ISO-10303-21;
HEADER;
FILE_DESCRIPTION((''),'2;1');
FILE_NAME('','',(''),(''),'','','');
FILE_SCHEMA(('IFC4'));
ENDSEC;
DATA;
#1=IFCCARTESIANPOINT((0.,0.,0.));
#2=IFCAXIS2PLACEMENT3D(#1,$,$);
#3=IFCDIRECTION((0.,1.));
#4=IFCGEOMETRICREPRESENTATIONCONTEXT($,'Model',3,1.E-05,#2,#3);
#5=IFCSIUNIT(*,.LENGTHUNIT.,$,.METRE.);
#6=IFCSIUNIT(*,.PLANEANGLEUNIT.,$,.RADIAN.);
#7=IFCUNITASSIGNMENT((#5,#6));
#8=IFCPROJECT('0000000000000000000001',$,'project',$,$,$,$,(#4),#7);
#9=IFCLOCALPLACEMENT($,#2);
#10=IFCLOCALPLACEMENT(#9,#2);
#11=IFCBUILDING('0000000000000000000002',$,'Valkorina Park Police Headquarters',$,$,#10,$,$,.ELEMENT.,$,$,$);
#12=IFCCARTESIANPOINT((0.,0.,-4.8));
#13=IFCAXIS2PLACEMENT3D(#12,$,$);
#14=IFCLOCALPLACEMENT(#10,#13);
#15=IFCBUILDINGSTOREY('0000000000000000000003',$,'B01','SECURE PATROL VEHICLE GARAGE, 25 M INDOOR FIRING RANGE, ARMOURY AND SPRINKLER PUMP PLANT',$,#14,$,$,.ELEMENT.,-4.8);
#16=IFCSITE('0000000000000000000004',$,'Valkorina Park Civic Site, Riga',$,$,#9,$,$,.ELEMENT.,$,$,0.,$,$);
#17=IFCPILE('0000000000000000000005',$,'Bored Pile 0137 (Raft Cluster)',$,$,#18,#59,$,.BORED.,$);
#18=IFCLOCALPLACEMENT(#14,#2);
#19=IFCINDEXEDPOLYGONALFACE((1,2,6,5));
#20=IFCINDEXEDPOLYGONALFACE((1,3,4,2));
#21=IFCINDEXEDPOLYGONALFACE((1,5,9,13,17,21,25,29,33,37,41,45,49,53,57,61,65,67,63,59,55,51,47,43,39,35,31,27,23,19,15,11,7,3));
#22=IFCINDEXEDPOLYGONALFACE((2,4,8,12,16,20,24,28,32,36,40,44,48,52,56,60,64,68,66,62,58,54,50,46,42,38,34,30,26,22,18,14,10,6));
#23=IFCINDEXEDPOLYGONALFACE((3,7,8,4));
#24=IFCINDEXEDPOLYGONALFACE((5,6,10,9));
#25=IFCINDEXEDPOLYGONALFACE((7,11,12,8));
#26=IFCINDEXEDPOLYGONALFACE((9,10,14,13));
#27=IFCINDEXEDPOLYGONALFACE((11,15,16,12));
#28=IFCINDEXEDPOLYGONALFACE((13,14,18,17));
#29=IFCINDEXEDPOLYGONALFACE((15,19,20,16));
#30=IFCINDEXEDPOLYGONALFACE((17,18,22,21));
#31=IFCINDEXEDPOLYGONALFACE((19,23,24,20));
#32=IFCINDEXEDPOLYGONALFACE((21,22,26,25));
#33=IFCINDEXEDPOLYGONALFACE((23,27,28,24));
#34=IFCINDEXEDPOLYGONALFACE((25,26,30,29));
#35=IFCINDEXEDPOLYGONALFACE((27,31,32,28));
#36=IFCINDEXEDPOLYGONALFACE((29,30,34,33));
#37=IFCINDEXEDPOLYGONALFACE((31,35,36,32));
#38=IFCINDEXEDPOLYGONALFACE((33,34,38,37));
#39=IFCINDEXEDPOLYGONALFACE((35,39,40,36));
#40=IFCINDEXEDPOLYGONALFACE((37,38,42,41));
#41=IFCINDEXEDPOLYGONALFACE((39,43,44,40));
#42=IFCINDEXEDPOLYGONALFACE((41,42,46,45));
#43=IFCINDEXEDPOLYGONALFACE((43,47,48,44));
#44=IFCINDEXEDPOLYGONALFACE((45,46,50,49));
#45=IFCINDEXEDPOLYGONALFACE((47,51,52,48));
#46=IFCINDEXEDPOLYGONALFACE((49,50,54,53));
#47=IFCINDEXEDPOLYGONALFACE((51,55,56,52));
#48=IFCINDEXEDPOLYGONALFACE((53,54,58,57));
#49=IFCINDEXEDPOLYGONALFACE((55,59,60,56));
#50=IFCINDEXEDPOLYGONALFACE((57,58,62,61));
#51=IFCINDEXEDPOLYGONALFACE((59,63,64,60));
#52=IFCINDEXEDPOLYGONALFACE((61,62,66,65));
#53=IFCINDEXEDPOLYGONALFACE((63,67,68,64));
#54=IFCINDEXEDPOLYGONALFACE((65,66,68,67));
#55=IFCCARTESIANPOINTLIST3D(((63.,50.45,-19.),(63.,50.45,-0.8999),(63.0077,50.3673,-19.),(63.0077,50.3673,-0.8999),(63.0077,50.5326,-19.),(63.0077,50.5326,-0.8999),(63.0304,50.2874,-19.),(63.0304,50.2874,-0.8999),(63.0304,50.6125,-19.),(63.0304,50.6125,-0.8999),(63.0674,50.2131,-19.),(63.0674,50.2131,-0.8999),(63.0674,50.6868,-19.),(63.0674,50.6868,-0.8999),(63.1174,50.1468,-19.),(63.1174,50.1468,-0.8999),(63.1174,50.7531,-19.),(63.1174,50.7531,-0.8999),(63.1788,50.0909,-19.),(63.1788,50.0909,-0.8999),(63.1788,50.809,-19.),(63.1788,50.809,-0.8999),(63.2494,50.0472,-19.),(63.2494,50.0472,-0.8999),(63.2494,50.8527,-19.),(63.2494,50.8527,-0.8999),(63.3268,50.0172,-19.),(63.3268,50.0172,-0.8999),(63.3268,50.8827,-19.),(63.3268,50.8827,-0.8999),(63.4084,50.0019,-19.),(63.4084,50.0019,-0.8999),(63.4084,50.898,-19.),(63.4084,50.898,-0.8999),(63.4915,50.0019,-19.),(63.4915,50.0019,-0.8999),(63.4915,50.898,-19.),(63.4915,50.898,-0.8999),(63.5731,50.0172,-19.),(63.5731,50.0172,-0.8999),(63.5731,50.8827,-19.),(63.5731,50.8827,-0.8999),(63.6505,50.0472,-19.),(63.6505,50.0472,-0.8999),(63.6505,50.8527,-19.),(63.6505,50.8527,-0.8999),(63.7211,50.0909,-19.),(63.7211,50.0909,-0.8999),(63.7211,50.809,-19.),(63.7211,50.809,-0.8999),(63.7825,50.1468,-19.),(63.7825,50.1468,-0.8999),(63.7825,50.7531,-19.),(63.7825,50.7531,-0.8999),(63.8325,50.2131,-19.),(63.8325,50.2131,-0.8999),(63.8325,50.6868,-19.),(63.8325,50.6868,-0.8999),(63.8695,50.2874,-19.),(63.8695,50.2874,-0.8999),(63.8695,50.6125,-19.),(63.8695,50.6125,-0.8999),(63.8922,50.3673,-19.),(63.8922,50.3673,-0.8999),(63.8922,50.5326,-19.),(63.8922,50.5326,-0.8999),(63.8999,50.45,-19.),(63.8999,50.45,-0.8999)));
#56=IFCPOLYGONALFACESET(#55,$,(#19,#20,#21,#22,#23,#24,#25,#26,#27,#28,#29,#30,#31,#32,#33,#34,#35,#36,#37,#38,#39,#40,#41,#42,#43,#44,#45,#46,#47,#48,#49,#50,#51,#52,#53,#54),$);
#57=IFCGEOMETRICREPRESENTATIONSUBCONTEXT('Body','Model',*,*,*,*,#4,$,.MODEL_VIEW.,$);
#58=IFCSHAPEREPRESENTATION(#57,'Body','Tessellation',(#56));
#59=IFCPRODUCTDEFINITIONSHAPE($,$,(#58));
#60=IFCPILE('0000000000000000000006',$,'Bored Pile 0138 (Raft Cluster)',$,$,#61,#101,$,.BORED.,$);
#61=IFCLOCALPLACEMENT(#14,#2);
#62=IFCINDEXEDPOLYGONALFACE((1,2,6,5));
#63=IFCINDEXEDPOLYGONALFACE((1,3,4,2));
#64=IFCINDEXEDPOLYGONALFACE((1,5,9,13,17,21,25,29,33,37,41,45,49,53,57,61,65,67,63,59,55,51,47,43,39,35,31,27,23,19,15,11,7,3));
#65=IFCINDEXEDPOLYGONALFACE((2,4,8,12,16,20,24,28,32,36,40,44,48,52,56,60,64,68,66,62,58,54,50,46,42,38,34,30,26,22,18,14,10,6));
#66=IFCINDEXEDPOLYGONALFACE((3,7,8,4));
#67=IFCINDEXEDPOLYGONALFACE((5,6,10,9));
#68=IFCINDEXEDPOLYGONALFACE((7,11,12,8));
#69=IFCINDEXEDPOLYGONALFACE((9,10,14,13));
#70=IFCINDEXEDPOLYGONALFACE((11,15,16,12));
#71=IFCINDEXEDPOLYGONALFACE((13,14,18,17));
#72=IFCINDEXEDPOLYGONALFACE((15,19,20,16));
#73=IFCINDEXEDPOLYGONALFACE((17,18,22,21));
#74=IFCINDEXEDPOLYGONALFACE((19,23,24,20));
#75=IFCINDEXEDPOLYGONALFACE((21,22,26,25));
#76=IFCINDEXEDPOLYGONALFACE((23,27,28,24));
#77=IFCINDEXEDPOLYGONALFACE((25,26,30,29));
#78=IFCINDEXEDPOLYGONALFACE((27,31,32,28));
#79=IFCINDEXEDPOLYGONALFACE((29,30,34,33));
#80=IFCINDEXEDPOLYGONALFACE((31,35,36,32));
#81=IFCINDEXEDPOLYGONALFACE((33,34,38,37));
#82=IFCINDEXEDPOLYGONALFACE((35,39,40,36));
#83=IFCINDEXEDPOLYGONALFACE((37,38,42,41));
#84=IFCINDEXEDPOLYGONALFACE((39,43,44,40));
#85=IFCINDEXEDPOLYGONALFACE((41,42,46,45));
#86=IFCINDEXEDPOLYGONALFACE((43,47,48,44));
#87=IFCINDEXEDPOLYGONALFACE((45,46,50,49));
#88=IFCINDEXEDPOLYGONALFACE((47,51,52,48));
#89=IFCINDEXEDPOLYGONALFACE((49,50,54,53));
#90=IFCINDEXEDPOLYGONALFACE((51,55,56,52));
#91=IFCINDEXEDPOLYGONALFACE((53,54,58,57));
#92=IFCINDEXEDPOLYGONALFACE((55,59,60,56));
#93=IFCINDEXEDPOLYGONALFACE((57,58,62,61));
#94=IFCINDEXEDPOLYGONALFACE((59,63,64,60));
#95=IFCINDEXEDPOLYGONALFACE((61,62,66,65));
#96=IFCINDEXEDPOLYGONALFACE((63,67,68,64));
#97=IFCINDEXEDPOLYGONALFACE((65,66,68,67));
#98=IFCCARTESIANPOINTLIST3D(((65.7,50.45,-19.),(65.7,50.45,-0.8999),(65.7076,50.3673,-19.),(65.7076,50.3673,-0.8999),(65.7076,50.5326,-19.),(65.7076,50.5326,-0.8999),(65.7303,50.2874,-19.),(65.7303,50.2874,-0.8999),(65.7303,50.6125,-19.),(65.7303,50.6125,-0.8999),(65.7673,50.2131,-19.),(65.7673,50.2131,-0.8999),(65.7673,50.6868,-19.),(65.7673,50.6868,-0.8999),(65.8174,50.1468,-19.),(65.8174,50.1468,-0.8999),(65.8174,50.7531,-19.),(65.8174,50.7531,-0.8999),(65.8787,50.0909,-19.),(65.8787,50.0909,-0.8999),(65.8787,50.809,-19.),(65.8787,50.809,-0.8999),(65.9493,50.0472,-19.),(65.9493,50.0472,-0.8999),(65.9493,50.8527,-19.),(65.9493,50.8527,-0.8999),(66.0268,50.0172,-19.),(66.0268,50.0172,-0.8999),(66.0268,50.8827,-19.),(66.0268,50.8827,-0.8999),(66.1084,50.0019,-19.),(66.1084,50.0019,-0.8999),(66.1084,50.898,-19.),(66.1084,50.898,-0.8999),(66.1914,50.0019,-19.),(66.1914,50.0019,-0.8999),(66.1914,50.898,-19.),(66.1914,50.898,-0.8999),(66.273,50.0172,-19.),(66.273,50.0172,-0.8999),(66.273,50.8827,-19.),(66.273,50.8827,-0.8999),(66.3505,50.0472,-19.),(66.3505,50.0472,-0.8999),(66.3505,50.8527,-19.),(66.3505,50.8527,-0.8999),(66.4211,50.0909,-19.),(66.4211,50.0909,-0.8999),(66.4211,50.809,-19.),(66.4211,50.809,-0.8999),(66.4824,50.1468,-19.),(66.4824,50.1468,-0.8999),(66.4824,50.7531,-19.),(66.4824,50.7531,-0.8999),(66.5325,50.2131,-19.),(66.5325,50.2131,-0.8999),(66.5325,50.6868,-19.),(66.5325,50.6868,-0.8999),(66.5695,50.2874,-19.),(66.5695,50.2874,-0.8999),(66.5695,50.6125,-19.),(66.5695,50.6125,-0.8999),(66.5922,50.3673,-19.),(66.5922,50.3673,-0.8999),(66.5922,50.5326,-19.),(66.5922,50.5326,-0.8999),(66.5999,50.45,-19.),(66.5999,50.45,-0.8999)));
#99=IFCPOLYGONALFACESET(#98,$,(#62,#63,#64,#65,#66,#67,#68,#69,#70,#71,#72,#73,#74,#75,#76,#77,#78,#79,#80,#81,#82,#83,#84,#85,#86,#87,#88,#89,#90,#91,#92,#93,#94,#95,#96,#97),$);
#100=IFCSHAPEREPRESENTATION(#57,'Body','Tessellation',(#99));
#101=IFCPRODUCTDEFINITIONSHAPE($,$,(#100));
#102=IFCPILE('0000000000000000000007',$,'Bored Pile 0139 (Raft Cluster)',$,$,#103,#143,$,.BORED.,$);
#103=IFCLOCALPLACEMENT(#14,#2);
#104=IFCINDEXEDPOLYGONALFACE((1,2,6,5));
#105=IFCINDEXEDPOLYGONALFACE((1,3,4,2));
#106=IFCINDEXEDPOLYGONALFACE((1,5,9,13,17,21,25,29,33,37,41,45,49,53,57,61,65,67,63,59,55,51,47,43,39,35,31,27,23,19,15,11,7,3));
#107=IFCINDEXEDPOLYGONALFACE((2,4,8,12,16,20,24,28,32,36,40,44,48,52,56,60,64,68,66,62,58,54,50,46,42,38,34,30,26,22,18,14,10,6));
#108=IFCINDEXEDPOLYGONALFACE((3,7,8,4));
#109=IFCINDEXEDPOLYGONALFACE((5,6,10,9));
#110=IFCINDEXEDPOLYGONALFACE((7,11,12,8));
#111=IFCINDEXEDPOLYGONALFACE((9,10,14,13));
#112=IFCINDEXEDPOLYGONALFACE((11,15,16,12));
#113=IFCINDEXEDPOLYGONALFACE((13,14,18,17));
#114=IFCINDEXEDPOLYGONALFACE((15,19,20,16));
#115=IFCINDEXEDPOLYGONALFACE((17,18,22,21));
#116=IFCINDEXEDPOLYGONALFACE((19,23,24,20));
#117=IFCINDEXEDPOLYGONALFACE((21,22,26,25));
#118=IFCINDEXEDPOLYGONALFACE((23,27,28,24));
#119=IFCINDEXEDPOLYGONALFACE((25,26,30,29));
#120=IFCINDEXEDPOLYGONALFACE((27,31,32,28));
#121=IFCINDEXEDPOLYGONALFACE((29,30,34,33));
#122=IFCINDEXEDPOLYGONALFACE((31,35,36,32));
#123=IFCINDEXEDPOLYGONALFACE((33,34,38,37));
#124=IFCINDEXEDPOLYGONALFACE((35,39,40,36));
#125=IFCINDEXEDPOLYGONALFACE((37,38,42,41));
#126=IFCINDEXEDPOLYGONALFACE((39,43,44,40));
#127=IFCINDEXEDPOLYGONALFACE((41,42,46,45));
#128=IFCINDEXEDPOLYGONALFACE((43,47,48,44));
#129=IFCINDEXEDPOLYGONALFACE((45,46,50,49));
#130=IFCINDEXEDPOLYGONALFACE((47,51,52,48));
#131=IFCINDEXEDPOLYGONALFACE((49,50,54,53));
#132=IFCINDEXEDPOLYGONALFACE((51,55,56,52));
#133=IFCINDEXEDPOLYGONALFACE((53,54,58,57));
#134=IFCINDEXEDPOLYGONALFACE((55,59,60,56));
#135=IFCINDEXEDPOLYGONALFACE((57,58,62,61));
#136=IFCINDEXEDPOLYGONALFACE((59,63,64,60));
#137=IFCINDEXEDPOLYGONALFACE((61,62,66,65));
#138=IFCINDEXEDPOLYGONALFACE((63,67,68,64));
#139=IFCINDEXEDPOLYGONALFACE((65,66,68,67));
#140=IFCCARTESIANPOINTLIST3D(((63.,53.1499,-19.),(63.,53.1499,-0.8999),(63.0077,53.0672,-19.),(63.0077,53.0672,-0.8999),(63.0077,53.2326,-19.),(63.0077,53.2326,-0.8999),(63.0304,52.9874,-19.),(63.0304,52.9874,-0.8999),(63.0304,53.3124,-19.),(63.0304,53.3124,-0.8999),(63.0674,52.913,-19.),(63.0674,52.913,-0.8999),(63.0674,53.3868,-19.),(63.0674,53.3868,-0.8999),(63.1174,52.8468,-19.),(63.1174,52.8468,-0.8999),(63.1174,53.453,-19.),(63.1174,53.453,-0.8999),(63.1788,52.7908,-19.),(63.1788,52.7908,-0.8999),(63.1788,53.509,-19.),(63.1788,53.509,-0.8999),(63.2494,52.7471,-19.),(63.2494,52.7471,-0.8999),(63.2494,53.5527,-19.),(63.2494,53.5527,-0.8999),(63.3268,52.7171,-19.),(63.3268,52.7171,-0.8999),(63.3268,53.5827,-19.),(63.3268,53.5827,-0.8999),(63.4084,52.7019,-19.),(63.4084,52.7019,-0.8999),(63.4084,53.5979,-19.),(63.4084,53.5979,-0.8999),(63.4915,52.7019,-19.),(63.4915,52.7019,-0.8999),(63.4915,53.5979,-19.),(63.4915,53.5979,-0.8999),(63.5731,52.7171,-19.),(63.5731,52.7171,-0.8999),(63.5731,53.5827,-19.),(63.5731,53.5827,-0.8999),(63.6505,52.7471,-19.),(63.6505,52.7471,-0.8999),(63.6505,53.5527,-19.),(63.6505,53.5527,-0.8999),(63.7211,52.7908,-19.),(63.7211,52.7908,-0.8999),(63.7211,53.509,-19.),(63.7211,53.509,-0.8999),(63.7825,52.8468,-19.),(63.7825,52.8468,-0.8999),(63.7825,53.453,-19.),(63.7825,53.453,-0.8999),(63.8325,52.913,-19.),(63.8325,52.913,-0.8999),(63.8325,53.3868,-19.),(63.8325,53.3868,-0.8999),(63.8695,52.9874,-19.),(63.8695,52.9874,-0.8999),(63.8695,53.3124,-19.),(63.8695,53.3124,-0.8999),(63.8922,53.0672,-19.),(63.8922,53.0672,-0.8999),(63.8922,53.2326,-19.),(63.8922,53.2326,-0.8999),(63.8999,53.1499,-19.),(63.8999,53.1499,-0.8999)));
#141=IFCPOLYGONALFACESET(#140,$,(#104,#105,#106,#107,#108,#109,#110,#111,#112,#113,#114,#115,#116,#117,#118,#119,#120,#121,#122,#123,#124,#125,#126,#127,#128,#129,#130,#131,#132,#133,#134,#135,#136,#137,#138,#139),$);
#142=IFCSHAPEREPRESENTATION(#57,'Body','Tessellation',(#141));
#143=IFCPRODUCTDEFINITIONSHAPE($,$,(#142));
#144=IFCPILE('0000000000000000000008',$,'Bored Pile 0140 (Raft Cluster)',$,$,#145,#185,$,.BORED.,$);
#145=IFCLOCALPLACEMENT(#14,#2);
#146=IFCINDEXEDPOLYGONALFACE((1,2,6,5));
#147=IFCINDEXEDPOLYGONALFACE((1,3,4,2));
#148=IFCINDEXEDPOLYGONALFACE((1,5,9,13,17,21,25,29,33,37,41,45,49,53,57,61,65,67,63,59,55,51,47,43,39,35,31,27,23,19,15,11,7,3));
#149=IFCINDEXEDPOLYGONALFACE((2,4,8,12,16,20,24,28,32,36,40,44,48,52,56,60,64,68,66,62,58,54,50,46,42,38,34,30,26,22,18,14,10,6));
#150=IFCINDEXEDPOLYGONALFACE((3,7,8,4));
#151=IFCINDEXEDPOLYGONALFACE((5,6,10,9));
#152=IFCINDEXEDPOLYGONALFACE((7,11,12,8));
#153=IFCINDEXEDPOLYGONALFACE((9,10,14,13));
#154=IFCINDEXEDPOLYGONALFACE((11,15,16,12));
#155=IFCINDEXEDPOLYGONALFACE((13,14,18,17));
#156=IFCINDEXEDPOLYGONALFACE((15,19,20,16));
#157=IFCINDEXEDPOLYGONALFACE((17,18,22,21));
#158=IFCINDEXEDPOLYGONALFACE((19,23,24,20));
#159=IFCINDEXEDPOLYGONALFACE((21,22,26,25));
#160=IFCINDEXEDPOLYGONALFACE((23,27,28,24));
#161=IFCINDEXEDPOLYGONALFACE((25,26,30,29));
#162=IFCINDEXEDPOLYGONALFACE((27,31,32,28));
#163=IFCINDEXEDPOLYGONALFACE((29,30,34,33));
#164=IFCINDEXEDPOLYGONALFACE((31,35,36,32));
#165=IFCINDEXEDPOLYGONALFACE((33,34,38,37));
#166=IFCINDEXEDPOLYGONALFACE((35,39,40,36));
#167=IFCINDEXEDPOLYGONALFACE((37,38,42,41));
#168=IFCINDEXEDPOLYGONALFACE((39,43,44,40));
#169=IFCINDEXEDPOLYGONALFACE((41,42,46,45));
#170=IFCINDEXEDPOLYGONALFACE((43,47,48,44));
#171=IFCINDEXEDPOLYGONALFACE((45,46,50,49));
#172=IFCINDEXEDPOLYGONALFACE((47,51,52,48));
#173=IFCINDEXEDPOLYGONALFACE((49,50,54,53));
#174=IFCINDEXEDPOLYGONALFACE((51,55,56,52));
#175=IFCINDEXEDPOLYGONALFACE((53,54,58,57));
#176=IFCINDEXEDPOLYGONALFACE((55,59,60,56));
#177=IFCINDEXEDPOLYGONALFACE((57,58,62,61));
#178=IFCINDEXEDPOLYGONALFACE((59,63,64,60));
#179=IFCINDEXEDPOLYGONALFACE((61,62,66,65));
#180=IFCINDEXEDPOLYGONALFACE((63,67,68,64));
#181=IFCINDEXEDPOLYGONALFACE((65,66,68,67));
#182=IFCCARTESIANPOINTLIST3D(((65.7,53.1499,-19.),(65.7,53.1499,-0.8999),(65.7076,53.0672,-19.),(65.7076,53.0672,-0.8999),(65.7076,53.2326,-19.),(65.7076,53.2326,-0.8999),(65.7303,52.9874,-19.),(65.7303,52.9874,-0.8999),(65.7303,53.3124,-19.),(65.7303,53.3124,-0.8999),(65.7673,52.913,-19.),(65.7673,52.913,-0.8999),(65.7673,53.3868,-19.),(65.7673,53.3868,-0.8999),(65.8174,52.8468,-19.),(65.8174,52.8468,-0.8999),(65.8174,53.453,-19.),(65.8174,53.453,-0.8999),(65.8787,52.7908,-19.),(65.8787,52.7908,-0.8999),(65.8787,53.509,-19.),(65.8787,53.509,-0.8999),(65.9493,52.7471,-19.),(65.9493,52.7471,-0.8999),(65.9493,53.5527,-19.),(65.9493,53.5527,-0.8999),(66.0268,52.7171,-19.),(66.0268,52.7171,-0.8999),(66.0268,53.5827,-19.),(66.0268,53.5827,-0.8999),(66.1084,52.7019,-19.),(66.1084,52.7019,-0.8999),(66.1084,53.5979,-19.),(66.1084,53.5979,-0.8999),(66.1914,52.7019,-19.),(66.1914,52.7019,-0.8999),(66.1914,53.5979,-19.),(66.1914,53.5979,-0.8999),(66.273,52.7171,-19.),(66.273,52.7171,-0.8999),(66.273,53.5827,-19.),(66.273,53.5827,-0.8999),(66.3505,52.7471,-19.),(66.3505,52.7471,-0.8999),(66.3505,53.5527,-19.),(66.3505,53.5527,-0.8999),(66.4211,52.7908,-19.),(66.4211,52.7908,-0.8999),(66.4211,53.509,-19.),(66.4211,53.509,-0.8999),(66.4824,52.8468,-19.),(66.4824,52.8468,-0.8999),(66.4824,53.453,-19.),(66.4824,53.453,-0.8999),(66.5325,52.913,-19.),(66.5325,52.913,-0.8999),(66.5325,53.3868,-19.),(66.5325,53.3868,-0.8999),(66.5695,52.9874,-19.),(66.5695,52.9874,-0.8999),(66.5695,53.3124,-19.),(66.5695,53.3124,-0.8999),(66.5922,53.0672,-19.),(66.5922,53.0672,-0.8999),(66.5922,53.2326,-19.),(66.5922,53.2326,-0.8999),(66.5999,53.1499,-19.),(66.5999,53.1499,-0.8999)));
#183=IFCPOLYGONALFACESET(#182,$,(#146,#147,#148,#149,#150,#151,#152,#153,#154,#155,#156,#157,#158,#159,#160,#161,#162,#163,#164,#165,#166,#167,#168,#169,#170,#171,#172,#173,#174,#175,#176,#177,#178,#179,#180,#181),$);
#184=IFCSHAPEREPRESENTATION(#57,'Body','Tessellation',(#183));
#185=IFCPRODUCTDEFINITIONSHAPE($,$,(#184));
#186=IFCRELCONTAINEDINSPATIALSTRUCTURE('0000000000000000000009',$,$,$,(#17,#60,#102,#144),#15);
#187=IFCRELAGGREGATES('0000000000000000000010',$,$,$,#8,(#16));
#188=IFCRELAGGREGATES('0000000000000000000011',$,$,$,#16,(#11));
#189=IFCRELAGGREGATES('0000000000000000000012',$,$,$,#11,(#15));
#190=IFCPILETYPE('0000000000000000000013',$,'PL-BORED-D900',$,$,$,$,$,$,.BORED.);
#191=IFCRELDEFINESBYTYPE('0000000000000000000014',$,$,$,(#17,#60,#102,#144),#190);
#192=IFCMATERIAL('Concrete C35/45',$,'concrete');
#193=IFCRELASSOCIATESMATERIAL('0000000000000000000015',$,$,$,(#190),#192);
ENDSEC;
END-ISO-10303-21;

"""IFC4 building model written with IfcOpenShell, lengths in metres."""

from ifc_helpers import new_model, si_unit, direction, frame, origin, origin_2d, place, context, subcontext, project, spatial, circle, extrude, material, material_profile, profile_set, type_object, element, save


model = new_model("IFC4")

# Units and contexts
model_context = context("Model", 3, precision=1e-05, world=origin(), true_north=direction((0.0, 1.0)))
body_context = subcontext(model_context, "Body", "Model", "MODEL_VIEW")
ifc_project = project(units=[si_unit("LENGTHUNIT", "METRE"), si_unit("PLANEANGLEUNIT", "RADIAN")], contexts=[model_context])

# Site, building, storey
site_placement = place(None, origin())
site = spatial("IfcSite", under=ifc_project, at=site_placement, Name="Valkorina Park Civic Site, Riga", CompositionType="ELEMENT", RefElevation=0.0)
building_placement = place(site_placement, origin())
building = spatial("IfcBuilding", under=site, at=building_placement, Name="Valkorina Park Police Headquarters", CompositionType="ELEMENT")
storey_placement = place(building_placement, frame((0.0, 0.0, -4.8)))
storey = spatial("IfcBuildingStorey", under=building, at=storey_placement, Name="B01", Description="SECURE PATROL VEHICLE GARAGE, 25 M INDOOR FIRING RANGE, ARMOURY AND SPRINKLER PUMP PLANT", CompositionType="ELEMENT", Elevation=-4.8)

# Piles
ifc_material_1 = material(Name="Concrete C35/45", Category="concrete")
ifc_material_profile_1 = material_profile(ifc_material_1, circle(Radius=0.45, at=origin_2d()), Name="BORED PILE D900")
ifc_profile_set_1 = profile_set([ifc_material_profile_1], Name="Concrete C35/45")
pile_type = type_object("IfcPileType", Name="PL-BORED-D900", PredefinedType="BORED", material=ifc_profile_set_1)
for number, where, z_axis, x_axis, name in (
    (1, (63.45, 50.45, -0.8999), (0.0, 0.0, -1.0), (1.0, 0.0, 0.0), "Bored Pile 0137 (Raft Cluster)"),
    (2, (66.1499, 50.45, -0.8999), (0.0, 0.0, -1.0), (1.0, 0.0, 0.0), "Bored Pile 0138 (Raft Cluster)"),
    (3, (63.45, 53.1499, -0.8999), (0.0, 0.0, -1.0), (1.0, 0.0, 0.0), "Bored Pile 0139 (Raft Cluster)"),
    (4, (66.1499, 53.1499, -0.8999), (0.0, 0.0, -1.0), (1.0, 0.0, 0.0), "Bored Pile 0140 (Raft Cluster)"),
):
    element("IfcPile", number, at=place(storey_placement, frame(where, z_axis=z_axis, x_axis=x_axis)), inside=storey, type_object=pile_type, Name=name, PredefinedType="BORED", context=body_context, shape_type="SweptSolid", body=[
        extrude(circle(Radius=0.45, at=origin_2d()), origin(), (0.0, 0.0, 1.0), 18.1001),
    ])

save(model, "model.ifc")
